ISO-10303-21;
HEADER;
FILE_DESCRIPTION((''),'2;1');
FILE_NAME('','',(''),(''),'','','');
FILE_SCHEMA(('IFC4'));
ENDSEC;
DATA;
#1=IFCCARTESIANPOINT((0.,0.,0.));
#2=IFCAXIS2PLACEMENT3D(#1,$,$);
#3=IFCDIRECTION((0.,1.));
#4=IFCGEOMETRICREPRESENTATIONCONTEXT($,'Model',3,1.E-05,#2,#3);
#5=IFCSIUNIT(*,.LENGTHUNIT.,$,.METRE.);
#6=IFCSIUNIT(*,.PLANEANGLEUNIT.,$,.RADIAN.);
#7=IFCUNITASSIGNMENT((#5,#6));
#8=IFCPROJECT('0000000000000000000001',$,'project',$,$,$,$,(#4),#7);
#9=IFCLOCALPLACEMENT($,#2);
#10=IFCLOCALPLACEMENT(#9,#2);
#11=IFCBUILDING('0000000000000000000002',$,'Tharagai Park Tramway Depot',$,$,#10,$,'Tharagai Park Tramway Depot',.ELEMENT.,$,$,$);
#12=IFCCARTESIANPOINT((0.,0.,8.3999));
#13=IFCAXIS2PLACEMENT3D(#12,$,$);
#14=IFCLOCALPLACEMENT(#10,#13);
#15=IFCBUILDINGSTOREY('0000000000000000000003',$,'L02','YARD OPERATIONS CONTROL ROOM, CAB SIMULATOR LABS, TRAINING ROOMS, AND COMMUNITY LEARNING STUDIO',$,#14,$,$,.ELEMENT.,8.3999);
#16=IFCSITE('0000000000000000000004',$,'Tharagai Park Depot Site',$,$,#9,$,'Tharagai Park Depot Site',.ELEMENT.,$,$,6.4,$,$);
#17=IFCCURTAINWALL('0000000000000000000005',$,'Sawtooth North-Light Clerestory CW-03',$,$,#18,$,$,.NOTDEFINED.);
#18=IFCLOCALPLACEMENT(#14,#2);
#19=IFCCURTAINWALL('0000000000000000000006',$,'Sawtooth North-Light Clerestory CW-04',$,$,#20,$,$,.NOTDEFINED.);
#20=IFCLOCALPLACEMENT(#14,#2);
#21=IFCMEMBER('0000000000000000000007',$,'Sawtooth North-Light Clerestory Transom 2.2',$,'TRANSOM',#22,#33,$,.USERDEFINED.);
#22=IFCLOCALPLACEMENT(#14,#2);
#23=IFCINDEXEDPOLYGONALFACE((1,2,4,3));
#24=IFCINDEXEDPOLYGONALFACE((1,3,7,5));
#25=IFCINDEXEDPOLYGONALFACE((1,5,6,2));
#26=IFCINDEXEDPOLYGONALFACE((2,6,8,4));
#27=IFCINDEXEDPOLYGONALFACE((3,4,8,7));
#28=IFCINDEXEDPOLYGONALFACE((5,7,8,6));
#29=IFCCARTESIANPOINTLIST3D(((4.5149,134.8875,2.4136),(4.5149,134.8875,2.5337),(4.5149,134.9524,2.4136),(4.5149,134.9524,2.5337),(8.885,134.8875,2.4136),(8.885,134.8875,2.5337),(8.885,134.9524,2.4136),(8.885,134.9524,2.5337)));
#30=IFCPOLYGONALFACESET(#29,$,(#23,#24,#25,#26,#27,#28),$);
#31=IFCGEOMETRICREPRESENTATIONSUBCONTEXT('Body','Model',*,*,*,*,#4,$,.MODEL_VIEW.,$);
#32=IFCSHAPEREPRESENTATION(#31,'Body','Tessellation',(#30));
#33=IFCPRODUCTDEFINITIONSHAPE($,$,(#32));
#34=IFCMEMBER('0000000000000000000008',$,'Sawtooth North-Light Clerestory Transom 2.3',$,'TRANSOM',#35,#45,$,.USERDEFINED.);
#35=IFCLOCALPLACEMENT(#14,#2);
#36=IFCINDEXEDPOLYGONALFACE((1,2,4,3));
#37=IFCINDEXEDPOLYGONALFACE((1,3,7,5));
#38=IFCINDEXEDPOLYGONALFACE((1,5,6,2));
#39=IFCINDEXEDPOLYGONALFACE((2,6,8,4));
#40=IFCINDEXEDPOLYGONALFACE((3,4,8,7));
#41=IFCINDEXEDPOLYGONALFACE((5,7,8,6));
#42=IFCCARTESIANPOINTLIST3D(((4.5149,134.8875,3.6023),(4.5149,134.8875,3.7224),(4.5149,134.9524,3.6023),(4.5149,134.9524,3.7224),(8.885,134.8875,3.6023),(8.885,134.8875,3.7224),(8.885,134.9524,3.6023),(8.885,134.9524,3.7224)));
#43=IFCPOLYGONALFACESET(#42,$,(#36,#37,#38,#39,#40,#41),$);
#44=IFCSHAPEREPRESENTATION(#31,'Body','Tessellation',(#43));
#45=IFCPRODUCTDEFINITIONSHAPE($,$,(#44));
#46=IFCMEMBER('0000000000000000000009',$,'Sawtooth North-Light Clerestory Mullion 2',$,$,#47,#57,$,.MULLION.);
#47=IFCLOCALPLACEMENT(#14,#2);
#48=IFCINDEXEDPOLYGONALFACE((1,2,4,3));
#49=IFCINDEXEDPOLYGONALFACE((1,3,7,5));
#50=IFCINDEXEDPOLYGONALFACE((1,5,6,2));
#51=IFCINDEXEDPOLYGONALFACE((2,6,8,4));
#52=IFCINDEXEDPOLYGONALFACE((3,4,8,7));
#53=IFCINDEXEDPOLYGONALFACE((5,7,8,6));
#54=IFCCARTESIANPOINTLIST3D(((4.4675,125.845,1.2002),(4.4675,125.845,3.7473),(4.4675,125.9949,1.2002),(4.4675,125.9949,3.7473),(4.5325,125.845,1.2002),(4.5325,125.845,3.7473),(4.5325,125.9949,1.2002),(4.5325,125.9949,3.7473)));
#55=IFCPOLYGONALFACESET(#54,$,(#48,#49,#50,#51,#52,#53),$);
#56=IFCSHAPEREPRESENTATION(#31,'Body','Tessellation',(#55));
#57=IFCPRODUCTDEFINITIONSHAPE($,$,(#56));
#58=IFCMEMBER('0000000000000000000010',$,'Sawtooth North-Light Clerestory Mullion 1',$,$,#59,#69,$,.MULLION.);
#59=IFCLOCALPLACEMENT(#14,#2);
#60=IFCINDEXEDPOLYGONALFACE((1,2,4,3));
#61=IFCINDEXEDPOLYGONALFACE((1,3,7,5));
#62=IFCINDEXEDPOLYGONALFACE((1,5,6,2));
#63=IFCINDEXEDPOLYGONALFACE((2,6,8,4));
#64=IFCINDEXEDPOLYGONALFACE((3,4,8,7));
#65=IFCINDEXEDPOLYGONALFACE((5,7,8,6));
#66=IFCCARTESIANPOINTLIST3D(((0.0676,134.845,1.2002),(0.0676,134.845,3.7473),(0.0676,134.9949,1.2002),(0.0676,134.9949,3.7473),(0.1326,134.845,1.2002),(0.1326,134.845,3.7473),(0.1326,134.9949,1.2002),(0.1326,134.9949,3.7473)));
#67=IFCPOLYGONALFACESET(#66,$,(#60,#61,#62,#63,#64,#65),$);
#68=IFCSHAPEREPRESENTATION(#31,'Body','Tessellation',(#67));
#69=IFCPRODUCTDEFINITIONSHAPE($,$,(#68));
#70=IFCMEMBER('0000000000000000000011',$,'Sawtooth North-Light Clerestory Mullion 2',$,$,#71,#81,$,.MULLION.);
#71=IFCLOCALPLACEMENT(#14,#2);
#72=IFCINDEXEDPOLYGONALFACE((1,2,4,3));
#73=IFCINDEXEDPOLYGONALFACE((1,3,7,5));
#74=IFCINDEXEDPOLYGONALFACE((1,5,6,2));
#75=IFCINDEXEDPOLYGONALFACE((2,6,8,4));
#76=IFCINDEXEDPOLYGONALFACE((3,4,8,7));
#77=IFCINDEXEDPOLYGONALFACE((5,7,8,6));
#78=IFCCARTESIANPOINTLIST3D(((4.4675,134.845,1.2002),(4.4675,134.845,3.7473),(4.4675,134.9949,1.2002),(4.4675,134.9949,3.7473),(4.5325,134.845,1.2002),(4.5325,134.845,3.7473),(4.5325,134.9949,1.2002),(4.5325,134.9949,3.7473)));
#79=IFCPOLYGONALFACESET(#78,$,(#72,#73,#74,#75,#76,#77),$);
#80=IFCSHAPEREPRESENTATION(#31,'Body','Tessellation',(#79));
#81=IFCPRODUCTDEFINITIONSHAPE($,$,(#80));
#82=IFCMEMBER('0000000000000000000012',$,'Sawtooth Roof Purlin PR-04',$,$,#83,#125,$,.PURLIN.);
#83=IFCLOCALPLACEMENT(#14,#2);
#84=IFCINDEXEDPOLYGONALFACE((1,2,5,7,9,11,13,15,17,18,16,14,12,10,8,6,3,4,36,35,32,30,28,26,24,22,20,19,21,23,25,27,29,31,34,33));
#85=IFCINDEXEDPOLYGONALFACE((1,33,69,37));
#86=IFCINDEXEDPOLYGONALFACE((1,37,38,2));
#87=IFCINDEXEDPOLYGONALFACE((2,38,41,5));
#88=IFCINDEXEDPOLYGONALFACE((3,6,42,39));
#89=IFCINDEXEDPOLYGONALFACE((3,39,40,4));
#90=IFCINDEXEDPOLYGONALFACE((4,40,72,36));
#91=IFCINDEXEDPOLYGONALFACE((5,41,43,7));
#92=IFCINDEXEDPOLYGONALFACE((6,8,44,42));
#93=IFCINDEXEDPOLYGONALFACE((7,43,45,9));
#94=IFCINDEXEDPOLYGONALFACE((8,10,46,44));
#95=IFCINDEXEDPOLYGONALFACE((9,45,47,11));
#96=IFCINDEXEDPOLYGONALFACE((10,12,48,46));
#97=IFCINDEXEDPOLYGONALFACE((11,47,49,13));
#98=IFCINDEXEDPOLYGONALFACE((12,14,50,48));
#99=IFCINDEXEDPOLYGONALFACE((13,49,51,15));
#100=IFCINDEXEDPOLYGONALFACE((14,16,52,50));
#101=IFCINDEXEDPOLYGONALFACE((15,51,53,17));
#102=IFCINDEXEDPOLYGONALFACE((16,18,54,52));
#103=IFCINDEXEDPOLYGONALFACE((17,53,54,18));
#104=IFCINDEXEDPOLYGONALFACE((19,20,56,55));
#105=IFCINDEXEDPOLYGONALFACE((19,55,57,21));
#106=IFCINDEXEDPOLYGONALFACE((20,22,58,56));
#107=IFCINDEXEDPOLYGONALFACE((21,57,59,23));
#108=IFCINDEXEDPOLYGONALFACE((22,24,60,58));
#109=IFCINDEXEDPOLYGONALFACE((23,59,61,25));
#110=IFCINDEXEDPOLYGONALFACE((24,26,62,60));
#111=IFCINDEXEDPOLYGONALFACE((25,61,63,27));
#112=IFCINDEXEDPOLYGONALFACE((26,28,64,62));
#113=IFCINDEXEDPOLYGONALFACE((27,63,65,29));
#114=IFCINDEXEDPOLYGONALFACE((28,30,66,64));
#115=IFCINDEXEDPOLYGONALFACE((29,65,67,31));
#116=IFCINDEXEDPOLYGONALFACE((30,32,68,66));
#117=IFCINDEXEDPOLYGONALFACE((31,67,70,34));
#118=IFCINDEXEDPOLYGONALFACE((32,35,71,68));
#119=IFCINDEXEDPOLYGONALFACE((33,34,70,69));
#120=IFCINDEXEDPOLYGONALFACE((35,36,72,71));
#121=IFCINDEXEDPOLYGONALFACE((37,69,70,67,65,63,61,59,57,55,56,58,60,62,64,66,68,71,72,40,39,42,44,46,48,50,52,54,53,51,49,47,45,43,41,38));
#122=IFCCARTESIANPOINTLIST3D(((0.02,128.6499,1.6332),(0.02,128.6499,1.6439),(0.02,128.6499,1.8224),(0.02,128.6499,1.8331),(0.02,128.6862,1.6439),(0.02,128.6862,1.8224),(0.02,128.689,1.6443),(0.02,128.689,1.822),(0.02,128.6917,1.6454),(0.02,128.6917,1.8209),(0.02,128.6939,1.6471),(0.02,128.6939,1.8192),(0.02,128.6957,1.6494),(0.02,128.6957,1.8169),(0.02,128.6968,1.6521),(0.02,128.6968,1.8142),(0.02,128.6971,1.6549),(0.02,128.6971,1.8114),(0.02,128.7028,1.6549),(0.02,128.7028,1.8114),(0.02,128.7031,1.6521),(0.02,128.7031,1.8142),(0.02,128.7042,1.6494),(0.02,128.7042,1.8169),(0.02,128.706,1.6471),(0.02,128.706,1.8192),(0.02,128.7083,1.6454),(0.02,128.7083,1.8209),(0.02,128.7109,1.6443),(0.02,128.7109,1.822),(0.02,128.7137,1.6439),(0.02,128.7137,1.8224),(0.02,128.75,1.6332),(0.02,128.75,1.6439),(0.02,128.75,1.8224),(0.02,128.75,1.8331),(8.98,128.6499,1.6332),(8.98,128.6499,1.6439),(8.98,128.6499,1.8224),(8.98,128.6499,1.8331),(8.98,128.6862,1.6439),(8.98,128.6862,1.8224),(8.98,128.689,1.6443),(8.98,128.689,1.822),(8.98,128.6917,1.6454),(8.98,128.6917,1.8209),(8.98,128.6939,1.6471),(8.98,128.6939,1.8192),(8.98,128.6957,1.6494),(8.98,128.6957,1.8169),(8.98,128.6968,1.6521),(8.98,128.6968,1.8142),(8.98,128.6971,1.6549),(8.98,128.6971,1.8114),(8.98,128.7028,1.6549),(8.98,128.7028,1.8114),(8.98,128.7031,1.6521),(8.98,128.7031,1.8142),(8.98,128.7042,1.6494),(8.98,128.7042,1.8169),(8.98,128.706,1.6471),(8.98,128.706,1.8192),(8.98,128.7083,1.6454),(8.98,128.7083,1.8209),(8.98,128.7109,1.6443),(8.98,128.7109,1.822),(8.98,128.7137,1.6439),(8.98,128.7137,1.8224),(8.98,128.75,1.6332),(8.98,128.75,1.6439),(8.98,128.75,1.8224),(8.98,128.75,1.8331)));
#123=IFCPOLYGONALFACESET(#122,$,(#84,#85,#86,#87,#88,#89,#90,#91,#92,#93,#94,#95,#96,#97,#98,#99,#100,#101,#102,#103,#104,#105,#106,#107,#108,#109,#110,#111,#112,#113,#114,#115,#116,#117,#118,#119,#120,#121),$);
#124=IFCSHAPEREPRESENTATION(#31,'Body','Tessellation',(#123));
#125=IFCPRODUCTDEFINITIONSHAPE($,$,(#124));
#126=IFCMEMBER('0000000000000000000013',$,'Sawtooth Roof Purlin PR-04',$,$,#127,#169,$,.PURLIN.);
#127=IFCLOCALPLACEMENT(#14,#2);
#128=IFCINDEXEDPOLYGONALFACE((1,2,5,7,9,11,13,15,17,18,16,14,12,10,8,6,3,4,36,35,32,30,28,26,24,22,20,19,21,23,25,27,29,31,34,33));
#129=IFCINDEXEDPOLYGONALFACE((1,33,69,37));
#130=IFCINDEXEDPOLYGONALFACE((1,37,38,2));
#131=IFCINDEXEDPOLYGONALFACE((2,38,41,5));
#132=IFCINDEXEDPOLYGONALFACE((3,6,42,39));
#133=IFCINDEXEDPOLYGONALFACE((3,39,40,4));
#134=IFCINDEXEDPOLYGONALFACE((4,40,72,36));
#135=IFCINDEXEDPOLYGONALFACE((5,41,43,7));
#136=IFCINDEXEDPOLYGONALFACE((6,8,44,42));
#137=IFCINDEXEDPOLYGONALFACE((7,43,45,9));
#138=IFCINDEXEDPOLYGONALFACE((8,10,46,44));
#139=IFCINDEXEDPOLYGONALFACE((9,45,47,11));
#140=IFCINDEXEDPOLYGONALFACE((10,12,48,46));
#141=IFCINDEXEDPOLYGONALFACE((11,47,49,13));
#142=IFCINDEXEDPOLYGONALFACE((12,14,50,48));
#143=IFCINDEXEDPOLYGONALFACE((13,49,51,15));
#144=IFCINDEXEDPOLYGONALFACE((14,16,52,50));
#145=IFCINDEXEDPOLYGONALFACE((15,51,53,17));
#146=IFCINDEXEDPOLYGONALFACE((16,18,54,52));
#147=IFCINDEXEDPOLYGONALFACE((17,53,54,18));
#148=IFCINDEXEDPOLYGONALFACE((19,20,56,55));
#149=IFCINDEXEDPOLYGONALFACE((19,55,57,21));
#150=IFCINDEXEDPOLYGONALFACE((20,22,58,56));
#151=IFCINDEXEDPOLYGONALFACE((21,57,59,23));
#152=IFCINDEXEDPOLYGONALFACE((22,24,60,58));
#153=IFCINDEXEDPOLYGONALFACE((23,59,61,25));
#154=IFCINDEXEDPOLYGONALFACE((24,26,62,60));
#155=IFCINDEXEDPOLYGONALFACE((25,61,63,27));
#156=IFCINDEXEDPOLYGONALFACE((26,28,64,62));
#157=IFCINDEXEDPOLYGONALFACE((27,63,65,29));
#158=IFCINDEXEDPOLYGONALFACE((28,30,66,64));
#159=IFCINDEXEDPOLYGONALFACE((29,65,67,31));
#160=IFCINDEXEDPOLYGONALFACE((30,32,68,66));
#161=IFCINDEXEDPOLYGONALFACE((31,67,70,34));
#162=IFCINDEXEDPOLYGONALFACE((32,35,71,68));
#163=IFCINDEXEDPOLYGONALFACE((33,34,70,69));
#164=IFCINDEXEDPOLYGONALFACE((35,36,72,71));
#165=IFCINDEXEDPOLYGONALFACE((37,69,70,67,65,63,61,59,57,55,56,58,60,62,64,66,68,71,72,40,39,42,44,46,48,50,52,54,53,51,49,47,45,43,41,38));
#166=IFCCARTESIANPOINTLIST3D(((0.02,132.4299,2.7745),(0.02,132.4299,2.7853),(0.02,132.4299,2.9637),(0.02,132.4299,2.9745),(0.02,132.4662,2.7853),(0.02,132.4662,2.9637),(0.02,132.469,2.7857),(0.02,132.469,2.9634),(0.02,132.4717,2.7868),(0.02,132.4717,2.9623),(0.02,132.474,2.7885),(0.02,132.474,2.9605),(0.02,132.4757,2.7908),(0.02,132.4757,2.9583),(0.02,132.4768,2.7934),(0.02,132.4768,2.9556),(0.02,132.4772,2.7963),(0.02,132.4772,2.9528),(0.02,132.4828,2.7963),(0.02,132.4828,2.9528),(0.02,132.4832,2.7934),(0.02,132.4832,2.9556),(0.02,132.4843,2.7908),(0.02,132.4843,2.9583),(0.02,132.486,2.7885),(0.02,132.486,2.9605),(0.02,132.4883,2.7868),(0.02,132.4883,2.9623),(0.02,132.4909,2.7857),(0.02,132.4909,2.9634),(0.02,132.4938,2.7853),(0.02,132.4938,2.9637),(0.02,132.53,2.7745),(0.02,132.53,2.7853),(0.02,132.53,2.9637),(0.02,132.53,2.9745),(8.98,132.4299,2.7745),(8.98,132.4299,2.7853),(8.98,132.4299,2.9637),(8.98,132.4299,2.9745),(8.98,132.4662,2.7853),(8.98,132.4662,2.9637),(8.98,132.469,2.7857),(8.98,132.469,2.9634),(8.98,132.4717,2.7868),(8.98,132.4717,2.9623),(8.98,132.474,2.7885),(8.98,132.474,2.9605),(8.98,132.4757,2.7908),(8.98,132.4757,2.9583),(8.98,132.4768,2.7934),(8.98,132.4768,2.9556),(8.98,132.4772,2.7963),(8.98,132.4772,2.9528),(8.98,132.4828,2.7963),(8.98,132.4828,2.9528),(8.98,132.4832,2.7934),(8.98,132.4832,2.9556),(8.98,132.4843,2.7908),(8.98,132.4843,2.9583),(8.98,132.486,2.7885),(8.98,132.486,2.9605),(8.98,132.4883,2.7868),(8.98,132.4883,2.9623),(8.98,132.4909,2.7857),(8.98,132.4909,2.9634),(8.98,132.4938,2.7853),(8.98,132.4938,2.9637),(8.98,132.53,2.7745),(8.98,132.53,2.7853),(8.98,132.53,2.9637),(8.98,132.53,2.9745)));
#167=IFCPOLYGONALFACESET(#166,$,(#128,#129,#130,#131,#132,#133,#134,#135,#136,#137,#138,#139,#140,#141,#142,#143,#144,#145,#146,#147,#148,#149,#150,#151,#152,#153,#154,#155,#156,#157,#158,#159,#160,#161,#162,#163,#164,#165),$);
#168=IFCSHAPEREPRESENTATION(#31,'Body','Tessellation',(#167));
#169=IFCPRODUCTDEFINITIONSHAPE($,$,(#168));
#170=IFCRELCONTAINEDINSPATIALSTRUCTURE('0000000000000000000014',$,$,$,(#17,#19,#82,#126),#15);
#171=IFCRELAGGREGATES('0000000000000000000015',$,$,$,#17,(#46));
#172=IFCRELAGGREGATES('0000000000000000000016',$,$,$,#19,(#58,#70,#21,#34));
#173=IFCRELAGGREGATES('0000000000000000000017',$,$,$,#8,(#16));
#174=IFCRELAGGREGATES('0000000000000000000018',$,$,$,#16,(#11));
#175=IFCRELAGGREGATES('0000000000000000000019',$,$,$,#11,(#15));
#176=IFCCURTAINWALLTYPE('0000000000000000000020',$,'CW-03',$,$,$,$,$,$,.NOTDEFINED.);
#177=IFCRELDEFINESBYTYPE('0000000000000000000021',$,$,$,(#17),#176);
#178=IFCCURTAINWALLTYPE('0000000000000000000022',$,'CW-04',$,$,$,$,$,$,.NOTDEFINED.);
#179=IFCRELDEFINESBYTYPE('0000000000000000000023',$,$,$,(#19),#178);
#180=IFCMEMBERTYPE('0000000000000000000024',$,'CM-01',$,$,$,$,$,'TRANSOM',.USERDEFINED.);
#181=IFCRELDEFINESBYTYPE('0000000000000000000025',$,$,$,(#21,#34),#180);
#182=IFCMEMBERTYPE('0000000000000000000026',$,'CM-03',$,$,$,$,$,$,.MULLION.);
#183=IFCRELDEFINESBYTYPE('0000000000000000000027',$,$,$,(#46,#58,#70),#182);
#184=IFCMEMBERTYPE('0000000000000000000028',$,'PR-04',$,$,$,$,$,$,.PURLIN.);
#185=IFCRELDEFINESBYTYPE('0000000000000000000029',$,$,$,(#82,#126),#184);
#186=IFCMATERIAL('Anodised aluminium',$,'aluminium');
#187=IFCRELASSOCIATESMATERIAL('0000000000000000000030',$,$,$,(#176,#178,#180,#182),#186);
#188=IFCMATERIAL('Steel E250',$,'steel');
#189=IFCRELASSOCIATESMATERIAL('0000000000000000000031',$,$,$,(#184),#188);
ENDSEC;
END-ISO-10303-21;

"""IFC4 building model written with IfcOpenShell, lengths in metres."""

from ifc_helpers import new_model, si_unit, direction, frame, origin, origin_2d, place, context, subcontext, project, spatial, rectangle, i_section, extrude, material, material_profile, profile_set, type_object, element, aggregate, save


model = new_model("IFC4")

# Units and contexts
model_context = context("Model", 3, precision=1e-05, world=origin(), true_north=direction((0.0, 1.0)))
body_context = subcontext(model_context, "Body", "Model", "MODEL_VIEW")
ifc_project = project(units=[si_unit("LENGTHUNIT", "METRE"), si_unit("PLANEANGLEUNIT", "RADIAN")], contexts=[model_context])

# Site, building, storey
site_placement = place(None, origin())
site = spatial("IfcSite", under=ifc_project, at=site_placement, Name="Tharagai Park Depot Site", LongName="Tharagai Park Depot Site", CompositionType="ELEMENT", RefElevation=6.4)
building_placement = place(site_placement, origin())
building = spatial("IfcBuilding", under=site, at=building_placement, Name="Tharagai Park Tramway Depot", LongName="Tharagai Park Tramway Depot", CompositionType="ELEMENT")
storey_placement = place(building_placement, frame((0.0, 0.0, 8.3999)))
storey = spatial("IfcBuildingStorey", under=building, at=storey_placement, Name="L02", Description="YARD OPERATIONS CONTROL ROOM, CAB SIMULATOR LABS, TRAINING ROOMS, AND COMMUNITY LEARNING STUDIO", CompositionType="ELEMENT", Elevation=8.3999)

# Curtain walls, members
ifc_material_1 = material(Name="Anodised aluminium", Category="aluminium")
curtain_wall_type_1 = type_object("IfcCurtainWallType", Name="CW-03", PredefinedType="NOTDEFINED", material=ifc_material_1)
curtain_wall_1_placement = place(storey_placement, origin())
curtain_wall_1 = element("IfcCurtainWall", 1, at=curtain_wall_1_placement, inside=storey, type_object=curtain_wall_type_1, Name="Sawtooth North-Light Clerestory CW-03", PredefinedType="NOTDEFINED")
ifc_material_profile_1 = material_profile(ifc_material_1, rectangle(XDim=0.0649, YDim=0.1201, at=origin_2d()), Name="ALU 65x120")
ifc_profile_set_1 = profile_set([ifc_material_profile_1], Name="Anodised aluminium")
member_type_1 = type_object("IfcMemberType", Name="CM-01", ElementType="TRANSOM", PredefinedType="USERDEFINED", material=ifc_profile_set_1)
curtain_wall_type_2 = type_object("IfcCurtainWallType", Name="CW-04", PredefinedType="NOTDEFINED", material=ifc_material_1)
curtain_wall_2_placement = place(storey_placement, origin())
curtain_wall_2 = element("IfcCurtainWall", 2, at=curtain_wall_2_placement, inside=storey, type_object=curtain_wall_type_2, Name="Sawtooth North-Light Clerestory CW-04", PredefinedType="NOTDEFINED")
member_1_placement = place(storey_placement, frame((4.5149, 134.9199, 2.4736), z_axis=(1.0, 0.0, 0.0), x_axis=(0.0, 1.0, 0.0)))
member_1 = element("IfcMember", 3, at=member_1_placement, type_object=member_type_1, Name="Sawtooth North-Light Clerestory Transom 2.2", ObjectType="TRANSOM", PredefinedType="USERDEFINED", context=body_context, shape_type="SweptSolid", body=[
    extrude(rectangle(XDim=0.0649, YDim=0.1201, at=origin_2d()), origin(), (0.0, 0.0, 1.0), 4.3701),
])
member_2_placement = place(storey_placement, frame((4.5149, 134.9199, 3.6624), z_axis=(1.0, 0.0, 0.0), x_axis=(0.0, 1.0, 0.0)))
member_2 = element("IfcMember", 4, at=member_2_placement, type_object=member_type_1, Name="Sawtooth North-Light Clerestory Transom 2.3", ObjectType="TRANSOM", PredefinedType="USERDEFINED", context=body_context, shape_type="SweptSolid", body=[
    extrude(rectangle(XDim=0.0649, YDim=0.1201, at=origin_2d()), origin(), (0.0, 0.0, 1.0), 4.3701),
])

# Members
ifc_material_profile_2 = material_profile(ifc_material_1, rectangle(XDim=0.0649, YDim=0.1499, at=origin_2d()), Name="ALU 65x150")
ifc_profile_set_2 = profile_set([ifc_material_profile_2], Name="Anodised aluminium")
member_type_2 = type_object("IfcMemberType", Name="CM-03", PredefinedType="MULLION", material=ifc_profile_set_2)
member_3_placement = place(storey_placement, frame((4.5, 125.9199, 1.2002), z_axis=(0.0, 0.0, 1.0), x_axis=(1.0, 0.0, 0.0)))
member_3 = element("IfcMember", 5, at=member_3_placement, type_object=member_type_2, Name="Sawtooth North-Light Clerestory Mullion 2", PredefinedType="MULLION", context=body_context, shape_type="SweptSolid", body=[
    extrude(rectangle(XDim=0.0649, YDim=0.1499, at=origin_2d()), origin(), (0.0, 0.0, 1.0), 2.5471),
])
member_4_placement = place(storey_placement, frame((0.1001, 134.9199, 1.2002), z_axis=(0.0, 0.0, 1.0), x_axis=(1.0, 0.0, 0.0)))
member_4 = element("IfcMember", 6, at=member_4_placement, type_object=member_type_2, Name="Sawtooth North-Light Clerestory Mullion 1", PredefinedType="MULLION", context=body_context, shape_type="SweptSolid", body=[
    extrude(rectangle(XDim=0.0649, YDim=0.1499, at=origin_2d()), origin(), (0.0, 0.0, 1.0), 2.5471),
])
member_5_placement = place(storey_placement, frame((4.5, 134.9199, 1.2002), z_axis=(0.0, 0.0, 1.0), x_axis=(1.0, 0.0, 0.0)))
member_5 = element("IfcMember", 7, at=member_5_placement, type_object=member_type_2, Name="Sawtooth North-Light Clerestory Mullion 2", PredefinedType="MULLION", context=body_context, shape_type="SweptSolid", body=[
    extrude(rectangle(XDim=0.0649, YDim=0.1499, at=origin_2d()), origin(), (0.0, 0.0, 1.0), 2.5471),
])

# Members
ifc_material_2 = material(Name="Steel E250", Category="steel")
ifc_material_profile_3 = material_profile(ifc_material_2, i_section(OverallWidth=0.1001, OverallDepth=0.2, WebThickness=0.0056, FlangeThickness=0.0107, FilletRadius=0.011, at=origin_2d()), Name="ISMB 200")
ifc_profile_set_3 = profile_set([ifc_material_profile_3], Name="Steel E250")
member_type_3 = type_object("IfcMemberType", Name="PR-04", PredefinedType="PURLIN", material=ifc_profile_set_3)
for number, where, z_axis, x_axis, name in (
    (8, (0.02, 128.7, 1.7332), (1.0, 0.0, 0.0), (0.0, 1.0, 0.0), "Sawtooth Roof Purlin PR-04"),
    (9, (0.02, 132.48, 2.8745), (1.0, 0.0, 0.0), (0.0, 1.0, 0.0), "Sawtooth Roof Purlin PR-04"),
):
    element("IfcMember", number, at=place(storey_placement, frame(where, z_axis=z_axis, x_axis=x_axis)), inside=storey, type_object=member_type_3, Name=name, PredefinedType="PURLIN", context=body_context, shape_type="SweptSolid", body=[
        extrude(i_section(OverallWidth=0.1001, OverallDepth=0.2, WebThickness=0.0056, FlangeThickness=0.0107, FilletRadius=0.011, at=origin_2d()), origin(), (0.0, 0.0, 1.0), 8.96),
    ])

aggregate(curtain_wall_1, [member_3])
aggregate(curtain_wall_2, [member_4, member_5, member_1, member_2])

save(model, "model.ifc")
